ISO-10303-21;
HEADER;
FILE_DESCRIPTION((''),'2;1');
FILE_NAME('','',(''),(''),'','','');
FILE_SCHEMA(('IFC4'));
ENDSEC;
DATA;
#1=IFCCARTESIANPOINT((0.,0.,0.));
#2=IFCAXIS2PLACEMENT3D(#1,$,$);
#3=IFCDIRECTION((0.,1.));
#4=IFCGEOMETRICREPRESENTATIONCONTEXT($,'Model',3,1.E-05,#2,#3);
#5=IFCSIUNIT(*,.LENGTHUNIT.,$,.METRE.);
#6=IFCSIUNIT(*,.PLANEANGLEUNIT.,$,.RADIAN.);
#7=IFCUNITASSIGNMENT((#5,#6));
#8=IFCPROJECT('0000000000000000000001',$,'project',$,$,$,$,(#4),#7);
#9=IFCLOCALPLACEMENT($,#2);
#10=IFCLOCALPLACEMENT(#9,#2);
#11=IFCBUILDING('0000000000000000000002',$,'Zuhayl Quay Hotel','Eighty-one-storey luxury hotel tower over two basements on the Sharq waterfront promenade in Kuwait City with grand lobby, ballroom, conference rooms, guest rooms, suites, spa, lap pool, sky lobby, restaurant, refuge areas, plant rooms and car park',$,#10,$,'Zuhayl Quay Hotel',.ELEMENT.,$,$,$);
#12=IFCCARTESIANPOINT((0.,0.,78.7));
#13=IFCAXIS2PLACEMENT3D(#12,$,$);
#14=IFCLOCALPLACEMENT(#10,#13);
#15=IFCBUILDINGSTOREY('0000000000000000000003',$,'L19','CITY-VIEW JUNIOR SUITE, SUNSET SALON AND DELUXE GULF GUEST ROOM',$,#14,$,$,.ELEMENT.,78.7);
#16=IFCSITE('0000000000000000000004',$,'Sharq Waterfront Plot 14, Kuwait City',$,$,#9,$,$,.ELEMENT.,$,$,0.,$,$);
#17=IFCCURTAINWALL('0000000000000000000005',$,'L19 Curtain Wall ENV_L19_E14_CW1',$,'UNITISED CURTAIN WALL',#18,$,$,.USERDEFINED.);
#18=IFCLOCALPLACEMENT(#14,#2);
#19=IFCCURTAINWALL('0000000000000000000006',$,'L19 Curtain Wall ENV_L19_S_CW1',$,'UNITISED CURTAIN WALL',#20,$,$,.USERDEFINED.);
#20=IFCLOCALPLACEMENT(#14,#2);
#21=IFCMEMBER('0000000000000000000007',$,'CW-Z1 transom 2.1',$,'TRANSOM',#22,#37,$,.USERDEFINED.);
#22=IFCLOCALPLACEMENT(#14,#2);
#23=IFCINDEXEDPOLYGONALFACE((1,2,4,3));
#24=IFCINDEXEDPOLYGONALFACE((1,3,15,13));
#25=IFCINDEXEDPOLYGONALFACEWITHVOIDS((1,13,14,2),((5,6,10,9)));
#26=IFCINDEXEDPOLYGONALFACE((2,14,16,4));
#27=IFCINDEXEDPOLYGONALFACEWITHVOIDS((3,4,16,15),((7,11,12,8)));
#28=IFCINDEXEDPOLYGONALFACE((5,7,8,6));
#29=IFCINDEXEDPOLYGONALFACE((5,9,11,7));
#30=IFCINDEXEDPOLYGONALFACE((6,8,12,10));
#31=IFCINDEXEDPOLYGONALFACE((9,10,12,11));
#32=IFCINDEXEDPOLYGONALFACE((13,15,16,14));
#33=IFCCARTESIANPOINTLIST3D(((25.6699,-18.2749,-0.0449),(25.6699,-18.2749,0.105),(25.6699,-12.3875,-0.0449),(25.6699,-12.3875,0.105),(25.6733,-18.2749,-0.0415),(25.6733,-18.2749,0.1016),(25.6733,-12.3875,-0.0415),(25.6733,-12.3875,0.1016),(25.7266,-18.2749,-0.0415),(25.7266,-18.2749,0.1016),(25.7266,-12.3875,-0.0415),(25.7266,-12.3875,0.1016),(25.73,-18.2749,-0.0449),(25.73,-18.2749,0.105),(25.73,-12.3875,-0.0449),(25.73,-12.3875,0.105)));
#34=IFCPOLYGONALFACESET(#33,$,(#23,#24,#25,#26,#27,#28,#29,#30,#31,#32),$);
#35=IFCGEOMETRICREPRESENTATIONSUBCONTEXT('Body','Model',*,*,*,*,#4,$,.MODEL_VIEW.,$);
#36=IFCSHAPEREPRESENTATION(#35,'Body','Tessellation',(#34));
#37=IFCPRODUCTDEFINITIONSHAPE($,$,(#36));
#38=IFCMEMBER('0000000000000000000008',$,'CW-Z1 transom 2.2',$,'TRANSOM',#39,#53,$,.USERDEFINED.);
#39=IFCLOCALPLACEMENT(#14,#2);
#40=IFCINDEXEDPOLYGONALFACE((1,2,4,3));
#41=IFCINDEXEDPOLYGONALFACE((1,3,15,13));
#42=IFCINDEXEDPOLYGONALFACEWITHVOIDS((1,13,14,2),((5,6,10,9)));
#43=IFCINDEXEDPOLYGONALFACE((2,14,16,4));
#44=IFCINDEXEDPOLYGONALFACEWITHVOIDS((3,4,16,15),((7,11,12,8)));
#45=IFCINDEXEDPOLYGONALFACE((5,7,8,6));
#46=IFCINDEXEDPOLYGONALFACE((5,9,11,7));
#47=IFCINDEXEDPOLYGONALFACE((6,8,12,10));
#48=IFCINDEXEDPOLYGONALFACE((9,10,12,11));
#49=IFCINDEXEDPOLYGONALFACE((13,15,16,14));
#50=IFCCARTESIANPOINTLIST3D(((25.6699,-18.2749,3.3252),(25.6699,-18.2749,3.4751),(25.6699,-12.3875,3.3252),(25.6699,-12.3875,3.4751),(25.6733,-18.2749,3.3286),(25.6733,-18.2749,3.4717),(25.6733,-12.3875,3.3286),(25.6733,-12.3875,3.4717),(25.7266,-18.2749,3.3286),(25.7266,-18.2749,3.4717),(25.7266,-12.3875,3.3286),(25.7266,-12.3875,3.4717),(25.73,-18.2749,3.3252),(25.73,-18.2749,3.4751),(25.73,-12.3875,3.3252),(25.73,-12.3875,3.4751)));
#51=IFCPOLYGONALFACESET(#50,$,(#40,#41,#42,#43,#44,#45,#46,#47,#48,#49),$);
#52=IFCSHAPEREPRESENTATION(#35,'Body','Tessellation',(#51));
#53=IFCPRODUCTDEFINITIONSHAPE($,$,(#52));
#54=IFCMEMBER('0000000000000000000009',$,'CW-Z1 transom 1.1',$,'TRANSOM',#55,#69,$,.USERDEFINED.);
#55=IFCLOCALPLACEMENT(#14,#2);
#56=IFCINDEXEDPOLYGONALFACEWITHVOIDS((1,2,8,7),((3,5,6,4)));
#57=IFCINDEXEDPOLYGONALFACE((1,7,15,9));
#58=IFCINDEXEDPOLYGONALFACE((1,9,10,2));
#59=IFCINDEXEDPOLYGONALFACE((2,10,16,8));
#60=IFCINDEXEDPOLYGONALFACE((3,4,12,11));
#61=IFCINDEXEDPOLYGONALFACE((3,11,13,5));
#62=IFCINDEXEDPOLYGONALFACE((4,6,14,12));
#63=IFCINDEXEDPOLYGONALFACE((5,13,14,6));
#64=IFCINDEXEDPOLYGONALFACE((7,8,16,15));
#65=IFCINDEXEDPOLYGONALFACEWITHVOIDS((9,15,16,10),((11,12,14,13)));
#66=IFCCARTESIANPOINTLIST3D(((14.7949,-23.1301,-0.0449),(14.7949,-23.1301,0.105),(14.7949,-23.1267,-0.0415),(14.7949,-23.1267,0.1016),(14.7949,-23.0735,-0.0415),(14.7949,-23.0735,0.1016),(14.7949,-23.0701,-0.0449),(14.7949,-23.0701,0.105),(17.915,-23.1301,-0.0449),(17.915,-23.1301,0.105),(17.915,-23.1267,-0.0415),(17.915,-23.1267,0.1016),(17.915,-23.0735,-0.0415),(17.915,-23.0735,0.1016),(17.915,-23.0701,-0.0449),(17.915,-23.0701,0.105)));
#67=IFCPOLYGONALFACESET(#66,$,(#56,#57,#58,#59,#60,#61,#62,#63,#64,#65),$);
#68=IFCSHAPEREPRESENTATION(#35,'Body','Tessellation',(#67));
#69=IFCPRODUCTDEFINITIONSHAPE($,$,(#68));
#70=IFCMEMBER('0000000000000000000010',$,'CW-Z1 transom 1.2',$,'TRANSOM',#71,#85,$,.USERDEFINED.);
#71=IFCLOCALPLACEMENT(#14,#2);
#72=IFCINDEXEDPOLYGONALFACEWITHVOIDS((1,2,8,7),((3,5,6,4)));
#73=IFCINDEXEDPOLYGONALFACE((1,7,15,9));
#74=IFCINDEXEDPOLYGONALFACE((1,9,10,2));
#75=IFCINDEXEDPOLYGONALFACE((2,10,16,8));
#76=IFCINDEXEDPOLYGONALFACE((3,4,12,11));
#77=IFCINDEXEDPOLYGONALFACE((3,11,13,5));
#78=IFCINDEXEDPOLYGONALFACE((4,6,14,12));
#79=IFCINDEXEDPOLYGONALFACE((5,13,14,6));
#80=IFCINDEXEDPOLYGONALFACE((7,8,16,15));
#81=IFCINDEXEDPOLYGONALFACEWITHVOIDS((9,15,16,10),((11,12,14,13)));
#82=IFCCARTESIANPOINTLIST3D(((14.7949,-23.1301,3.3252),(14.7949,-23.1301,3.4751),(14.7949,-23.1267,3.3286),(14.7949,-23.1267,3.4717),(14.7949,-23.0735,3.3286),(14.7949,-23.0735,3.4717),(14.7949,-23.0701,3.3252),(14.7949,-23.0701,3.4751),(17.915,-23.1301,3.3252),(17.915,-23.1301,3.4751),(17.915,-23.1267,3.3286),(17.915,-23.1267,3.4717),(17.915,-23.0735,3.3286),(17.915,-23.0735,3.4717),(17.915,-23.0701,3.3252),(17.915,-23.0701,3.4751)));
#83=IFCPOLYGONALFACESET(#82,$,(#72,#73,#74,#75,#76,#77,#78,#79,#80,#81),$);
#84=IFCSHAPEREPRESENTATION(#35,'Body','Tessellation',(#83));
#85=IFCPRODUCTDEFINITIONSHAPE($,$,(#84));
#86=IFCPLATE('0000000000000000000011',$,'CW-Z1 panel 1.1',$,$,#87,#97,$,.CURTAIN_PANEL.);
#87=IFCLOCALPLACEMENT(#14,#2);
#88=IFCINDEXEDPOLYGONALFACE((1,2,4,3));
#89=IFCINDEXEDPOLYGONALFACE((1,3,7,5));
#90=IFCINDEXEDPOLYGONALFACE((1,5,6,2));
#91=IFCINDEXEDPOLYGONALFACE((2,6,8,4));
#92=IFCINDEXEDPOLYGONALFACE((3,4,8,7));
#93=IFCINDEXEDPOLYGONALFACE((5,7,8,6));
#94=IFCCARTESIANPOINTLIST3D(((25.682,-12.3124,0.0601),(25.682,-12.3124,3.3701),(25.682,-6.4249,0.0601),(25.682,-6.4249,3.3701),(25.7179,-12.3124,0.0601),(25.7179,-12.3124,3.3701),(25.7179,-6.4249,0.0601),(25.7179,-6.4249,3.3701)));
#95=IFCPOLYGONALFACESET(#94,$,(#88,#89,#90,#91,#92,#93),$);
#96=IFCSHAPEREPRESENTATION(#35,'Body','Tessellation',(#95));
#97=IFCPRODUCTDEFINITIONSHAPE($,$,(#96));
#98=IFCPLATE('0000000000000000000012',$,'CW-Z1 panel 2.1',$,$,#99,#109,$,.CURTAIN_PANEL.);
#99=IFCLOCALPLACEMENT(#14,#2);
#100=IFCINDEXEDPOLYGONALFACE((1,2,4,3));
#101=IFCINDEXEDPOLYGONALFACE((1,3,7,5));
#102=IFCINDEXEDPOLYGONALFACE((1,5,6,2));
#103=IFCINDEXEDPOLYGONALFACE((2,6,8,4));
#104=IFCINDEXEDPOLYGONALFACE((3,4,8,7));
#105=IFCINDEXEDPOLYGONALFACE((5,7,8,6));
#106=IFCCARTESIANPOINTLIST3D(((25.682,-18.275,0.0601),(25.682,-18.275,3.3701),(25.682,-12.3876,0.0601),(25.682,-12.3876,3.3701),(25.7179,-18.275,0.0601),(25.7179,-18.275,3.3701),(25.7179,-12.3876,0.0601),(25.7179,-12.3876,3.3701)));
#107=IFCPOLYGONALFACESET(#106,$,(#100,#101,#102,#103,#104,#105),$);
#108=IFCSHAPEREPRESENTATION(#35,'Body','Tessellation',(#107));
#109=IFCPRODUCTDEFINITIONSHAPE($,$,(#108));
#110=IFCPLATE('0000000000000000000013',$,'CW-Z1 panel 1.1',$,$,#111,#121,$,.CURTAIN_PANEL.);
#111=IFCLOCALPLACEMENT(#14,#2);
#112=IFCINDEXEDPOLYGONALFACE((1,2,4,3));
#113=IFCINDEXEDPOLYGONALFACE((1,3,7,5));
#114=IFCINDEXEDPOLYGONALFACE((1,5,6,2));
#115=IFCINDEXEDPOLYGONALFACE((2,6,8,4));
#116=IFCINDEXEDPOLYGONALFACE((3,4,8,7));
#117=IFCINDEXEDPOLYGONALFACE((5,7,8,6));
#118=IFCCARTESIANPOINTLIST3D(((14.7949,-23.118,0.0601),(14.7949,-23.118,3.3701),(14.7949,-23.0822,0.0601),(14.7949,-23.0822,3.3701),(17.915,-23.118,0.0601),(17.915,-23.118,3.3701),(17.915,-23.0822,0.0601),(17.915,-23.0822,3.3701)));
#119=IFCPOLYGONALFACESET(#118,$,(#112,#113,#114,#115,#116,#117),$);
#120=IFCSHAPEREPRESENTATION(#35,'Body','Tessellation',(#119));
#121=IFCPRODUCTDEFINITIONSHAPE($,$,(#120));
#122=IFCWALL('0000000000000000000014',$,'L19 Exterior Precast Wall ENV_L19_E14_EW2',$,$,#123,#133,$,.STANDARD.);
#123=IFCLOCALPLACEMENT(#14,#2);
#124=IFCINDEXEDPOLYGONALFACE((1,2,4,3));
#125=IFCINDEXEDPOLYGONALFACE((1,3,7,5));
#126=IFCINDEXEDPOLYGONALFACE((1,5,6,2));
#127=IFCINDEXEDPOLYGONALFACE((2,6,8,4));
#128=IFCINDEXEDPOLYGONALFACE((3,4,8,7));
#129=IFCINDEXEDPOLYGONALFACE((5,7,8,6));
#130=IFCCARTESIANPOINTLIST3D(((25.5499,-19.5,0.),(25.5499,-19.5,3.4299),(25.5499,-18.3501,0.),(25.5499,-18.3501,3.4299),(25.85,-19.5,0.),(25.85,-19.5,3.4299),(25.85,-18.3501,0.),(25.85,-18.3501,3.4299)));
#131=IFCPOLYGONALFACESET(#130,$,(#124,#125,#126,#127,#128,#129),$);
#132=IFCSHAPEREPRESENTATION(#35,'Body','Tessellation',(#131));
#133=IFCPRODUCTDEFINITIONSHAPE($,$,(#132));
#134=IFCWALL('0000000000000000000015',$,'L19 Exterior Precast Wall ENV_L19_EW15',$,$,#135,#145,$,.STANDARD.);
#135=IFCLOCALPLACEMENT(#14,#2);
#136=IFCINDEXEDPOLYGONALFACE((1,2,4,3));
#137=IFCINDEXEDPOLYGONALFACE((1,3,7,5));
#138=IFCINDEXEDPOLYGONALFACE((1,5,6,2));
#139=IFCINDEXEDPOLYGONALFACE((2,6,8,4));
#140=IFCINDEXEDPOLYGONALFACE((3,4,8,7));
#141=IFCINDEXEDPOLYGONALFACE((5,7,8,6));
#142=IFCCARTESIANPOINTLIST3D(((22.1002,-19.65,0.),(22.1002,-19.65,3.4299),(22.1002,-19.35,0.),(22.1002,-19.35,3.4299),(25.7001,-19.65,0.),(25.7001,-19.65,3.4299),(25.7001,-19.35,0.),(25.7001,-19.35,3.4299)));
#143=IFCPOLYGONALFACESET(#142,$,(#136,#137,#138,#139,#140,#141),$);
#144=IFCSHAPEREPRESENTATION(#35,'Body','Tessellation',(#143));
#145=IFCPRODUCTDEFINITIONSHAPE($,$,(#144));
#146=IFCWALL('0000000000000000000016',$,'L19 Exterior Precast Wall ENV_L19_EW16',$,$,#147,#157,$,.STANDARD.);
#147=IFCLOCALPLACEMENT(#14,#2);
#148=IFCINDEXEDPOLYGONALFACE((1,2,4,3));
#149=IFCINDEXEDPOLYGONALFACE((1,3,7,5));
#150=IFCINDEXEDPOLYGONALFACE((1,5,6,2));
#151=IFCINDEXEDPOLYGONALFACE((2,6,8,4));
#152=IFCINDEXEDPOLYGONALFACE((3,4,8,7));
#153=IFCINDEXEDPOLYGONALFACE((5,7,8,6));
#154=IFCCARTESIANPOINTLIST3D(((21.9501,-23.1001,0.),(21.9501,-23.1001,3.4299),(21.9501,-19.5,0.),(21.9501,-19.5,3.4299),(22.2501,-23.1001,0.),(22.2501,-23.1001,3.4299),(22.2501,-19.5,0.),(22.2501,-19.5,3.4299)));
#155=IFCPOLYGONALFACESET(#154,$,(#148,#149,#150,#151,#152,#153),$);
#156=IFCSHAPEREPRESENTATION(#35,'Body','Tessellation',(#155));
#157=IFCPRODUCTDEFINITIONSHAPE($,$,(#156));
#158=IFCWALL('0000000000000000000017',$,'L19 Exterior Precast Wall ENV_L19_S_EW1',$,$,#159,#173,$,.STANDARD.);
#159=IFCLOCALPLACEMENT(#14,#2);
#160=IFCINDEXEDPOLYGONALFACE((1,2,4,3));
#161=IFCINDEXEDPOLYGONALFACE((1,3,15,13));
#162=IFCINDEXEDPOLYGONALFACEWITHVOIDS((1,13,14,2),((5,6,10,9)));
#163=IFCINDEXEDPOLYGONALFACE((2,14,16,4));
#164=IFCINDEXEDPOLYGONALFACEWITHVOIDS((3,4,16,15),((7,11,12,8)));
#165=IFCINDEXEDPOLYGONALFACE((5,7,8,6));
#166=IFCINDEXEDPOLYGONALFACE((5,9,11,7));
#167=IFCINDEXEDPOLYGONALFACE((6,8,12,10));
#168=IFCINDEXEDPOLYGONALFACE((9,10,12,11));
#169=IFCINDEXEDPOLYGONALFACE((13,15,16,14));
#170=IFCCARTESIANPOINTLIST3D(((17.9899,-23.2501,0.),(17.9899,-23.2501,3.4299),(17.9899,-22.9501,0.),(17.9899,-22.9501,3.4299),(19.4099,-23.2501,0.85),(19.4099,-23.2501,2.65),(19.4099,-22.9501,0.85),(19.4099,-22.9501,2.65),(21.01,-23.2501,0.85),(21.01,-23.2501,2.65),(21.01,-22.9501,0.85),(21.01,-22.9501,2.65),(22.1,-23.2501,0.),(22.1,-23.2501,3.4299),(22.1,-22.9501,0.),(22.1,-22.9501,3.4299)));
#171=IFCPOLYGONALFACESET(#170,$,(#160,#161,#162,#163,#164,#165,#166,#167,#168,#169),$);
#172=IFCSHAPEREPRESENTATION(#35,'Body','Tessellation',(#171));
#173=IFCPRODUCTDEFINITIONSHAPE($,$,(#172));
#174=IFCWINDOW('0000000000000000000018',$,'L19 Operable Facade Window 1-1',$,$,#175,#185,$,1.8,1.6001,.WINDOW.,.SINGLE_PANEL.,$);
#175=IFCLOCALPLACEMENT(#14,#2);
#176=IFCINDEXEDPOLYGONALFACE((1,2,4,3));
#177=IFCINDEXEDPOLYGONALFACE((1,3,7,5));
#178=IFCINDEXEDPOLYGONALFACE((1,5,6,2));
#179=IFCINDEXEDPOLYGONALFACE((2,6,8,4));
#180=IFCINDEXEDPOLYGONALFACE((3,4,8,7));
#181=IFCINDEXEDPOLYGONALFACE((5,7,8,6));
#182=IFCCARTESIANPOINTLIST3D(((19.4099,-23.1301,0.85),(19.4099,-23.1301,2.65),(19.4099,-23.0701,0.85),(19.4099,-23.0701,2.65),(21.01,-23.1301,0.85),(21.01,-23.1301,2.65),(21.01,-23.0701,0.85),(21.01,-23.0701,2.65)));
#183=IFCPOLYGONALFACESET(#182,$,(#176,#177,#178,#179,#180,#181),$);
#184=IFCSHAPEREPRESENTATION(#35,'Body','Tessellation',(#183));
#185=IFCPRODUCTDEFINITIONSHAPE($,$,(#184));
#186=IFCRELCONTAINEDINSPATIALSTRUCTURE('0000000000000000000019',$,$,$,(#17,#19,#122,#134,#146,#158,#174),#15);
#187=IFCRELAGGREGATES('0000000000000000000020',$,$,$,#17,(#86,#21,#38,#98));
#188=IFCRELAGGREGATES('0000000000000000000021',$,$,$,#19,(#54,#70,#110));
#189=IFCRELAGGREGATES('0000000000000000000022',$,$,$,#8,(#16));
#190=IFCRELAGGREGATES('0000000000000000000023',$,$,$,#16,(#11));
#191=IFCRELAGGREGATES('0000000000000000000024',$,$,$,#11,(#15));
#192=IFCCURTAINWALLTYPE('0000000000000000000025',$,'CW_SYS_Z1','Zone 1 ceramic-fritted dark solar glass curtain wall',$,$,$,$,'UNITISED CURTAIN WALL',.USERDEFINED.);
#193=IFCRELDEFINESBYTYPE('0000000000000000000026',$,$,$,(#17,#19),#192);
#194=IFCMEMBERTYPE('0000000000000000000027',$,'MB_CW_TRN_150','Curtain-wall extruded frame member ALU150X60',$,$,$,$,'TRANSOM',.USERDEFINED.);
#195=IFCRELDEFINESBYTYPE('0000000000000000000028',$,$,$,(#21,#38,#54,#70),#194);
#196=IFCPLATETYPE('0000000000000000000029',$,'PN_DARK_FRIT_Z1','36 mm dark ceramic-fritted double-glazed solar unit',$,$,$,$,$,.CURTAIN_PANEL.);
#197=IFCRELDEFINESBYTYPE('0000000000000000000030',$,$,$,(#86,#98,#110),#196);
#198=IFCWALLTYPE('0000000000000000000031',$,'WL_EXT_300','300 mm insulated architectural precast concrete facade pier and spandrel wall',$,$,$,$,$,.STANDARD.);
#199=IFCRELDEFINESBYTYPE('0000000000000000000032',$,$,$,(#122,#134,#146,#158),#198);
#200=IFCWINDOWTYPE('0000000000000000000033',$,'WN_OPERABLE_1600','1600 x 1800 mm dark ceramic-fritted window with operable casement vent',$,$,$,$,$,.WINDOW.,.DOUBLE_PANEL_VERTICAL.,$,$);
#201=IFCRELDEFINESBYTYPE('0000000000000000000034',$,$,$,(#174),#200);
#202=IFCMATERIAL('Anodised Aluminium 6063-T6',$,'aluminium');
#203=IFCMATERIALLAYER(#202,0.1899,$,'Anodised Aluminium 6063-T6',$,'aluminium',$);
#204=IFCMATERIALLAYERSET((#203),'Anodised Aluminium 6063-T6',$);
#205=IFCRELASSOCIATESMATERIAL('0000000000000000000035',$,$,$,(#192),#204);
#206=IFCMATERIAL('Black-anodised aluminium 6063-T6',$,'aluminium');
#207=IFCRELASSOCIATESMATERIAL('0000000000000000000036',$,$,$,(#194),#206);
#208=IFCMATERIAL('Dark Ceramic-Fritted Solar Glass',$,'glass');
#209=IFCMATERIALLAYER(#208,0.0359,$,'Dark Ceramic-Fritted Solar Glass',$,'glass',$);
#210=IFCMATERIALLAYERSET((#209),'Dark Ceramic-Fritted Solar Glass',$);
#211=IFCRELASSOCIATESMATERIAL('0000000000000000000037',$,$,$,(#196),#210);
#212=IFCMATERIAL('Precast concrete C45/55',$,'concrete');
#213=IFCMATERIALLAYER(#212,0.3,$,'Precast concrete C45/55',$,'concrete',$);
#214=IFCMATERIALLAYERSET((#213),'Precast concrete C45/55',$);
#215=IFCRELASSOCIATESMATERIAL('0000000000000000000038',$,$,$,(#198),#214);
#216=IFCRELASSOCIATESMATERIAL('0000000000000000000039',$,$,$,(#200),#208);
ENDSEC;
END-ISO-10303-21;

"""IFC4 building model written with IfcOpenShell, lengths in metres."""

from ifc_helpers import new_model, si_unit, direction, frame, frame_2d, origin, origin_2d, place, context, subcontext, project, spatial, rectangle, hollow_rectangle, extrude, material, layer, layer_set, material_profile, profile_set, type_object, element, fill, aggregate, save


model = new_model("IFC4")

# Units and contexts
model_context = context("Model", 3, precision=1e-05, world=origin(), true_north=direction((0.0, 1.0)))
body_context = subcontext(model_context, "Body", "Model", "MODEL_VIEW")
ifc_project = project(units=[si_unit("LENGTHUNIT", "METRE"), si_unit("PLANEANGLEUNIT", "RADIAN")], contexts=[model_context])

# Site, building, storey
site_placement = place(None, origin())
site = spatial("IfcSite", under=ifc_project, at=site_placement, Name="Sharq Waterfront Plot 14, Kuwait City", CompositionType="ELEMENT", RefElevation=0.0)
building_placement = place(site_placement, origin())
building = spatial("IfcBuilding", under=site, at=building_placement, Name="Zuhayl Quay Hotel", Description="Eighty-one-storey luxury hotel tower over two basements on the Sharq waterfront promenade in Kuwait City with grand lobby, ballroom, conference rooms, guest rooms, suites, spa, lap pool, sky lobby, restaurant, refuge areas, plant rooms and car park", LongName="Zuhayl Quay Hotel", CompositionType="ELEMENT")
storey_placement = place(building_placement, frame((0.0, 0.0, 78.7)))
storey = spatial("IfcBuildingStorey", under=building, at=storey_placement, Name="L19", Description="CITY-VIEW JUNIOR SUITE, SUNSET SALON AND DELUXE GULF GUEST ROOM", CompositionType="ELEMENT", Elevation=78.7)

# Curtain walls
ifc_material_1 = material(Name="Anodised Aluminium 6063-T6", Category="aluminium")
ifc_layer_1 = layer(ifc_material_1, 0.1899, Name="Anodised Aluminium 6063-T6", Category="aluminium")
ifc_layer_set_1 = layer_set([ifc_layer_1], Name="Anodised Aluminium 6063-T6")
curtain_wall_type = type_object("IfcCurtainWallType", Name="CW_SYS_Z1", Description="Zone 1 ceramic-fritted dark solar glass curtain wall", ElementType="UNITISED CURTAIN WALL", PredefinedType="USERDEFINED", material=ifc_layer_set_1)
curtain_wall_1_placement = place(storey_placement, origin())
curtain_wall_1 = element("IfcCurtainWall", 1, at=curtain_wall_1_placement, inside=storey, type_object=curtain_wall_type, Name="L19 Curtain Wall ENV_L19_E14_CW1", ObjectType="UNITISED CURTAIN WALL", PredefinedType="USERDEFINED")
ifc_material_2 = material(Name="Black-anodised aluminium 6063-T6", Category="aluminium")
curtain_wall_2_placement = place(storey_placement, origin())
curtain_wall_2 = element("IfcCurtainWall", 2, at=curtain_wall_2_placement, inside=storey, type_object=curtain_wall_type, Name="L19 Curtain Wall ENV_L19_S_CW1", ObjectType="UNITISED CURTAIN WALL", PredefinedType="USERDEFINED")

# Members
ifc_material_profile_1 = material_profile(ifc_material_2, hollow_rectangle(XDim=0.0601, YDim=0.1499, WallThickness=0.0034, at=origin_2d()), Name="ALU150X60")
ifc_profile_set_1 = profile_set([ifc_material_profile_1], Name="Black-anodised aluminium 6063-T6")
member_type_1 = type_object("IfcMemberType", Name="MB_CW_TRN_150", Description="Curtain-wall extruded frame member ALU150X60", ElementType="TRANSOM", PredefinedType="USERDEFINED", material=ifc_profile_set_1)
member_1_placement = place(storey_placement, frame((25.7, -12.3875, 0.03), z_axis=(0.0, -1.0, 0.0), x_axis=(1.0, 0.0, 0.0)))
member_1 = element("IfcMember", 3, at=member_1_placement, type_object=member_type_1, Name="CW-Z1 transom 2.1", ObjectType="TRANSOM", PredefinedType="USERDEFINED", context=body_context, shape_type="SweptSolid", body=[
    extrude(hollow_rectangle(XDim=0.0601, YDim=0.1499, WallThickness=0.0034, at=origin_2d()), origin(), (0.0, 0.0, 1.0), 5.8875),
])
member_2_placement = place(storey_placement, frame((25.7, -12.3875, 3.4001), z_axis=(0.0, -1.0, 0.0), x_axis=(1.0, 0.0, 0.0)))
member_2 = element("IfcMember", 4, at=member_2_placement, type_object=member_type_1, Name="CW-Z1 transom 2.2", ObjectType="TRANSOM", PredefinedType="USERDEFINED", context=body_context, shape_type="SweptSolid", body=[
    extrude(hollow_rectangle(XDim=0.0601, YDim=0.1499, WallThickness=0.0034, at=origin_2d()), origin(), (0.0, 0.0, 1.0), 5.8875),
])
member_3_placement = place(storey_placement, frame((17.915, -23.1001, 0.03), z_axis=(-1.0, 0.0, 0.0), x_axis=(0.0, -1.0, 0.0)))
member_3 = element("IfcMember", 5, at=member_3_placement, type_object=member_type_1, Name="CW-Z1 transom 1.1", ObjectType="TRANSOM", PredefinedType="USERDEFINED", context=body_context, shape_type="SweptSolid", body=[
    extrude(hollow_rectangle(XDim=0.0601, YDim=0.1499, WallThickness=0.0034, at=origin_2d()), origin(), (0.0, 0.0, 1.0), 3.1201),
])
member_4_placement = place(storey_placement, frame((17.915, -23.1001, 3.4001), z_axis=(-1.0, 0.0, 0.0), x_axis=(0.0, -1.0, 0.0)))
member_4 = element("IfcMember", 6, at=member_4_placement, type_object=member_type_1, Name="CW-Z1 transom 1.2", ObjectType="TRANSOM", PredefinedType="USERDEFINED", context=body_context, shape_type="SweptSolid", body=[
    extrude(hollow_rectangle(XDim=0.0601, YDim=0.1499, WallThickness=0.0034, at=origin_2d()), origin(), (0.0, 0.0, 1.0), 3.1201),
])

# Plates
ifc_material_3 = material(Name="Dark Ceramic-Fritted Solar Glass", Category="glass")
ifc_layer_2 = layer(ifc_material_3, 0.0359, Name="Dark Ceramic-Fritted Solar Glass", Category="glass")
ifc_layer_set_2 = layer_set([ifc_layer_2], Name="Dark Ceramic-Fritted Solar Glass")
plate_type = type_object("IfcPlateType", Name="PN_DARK_FRIT_Z1", Description="36 mm dark ceramic-fritted double-glazed solar unit", PredefinedType="CURTAIN_PANEL", material=ifc_layer_set_2)
plate_1_placement = place(storey_placement, frame((25.7, -9.3687, 0.0601), z_axis=(0.0, 0.0, 1.0), x_axis=(0.0, -1.0, 0.0)))
plate_1 = element("IfcPlate", 7, at=plate_1_placement, type_object=plate_type, Name="CW-Z1 panel 1.1", PredefinedType="CURTAIN_PANEL", context=body_context, shape_type="SweptSolid", body=[
    extrude(rectangle(XDim=5.8875, YDim=0.0359, at=origin_2d()), origin(), (0.0, 0.0, 1.0), 3.3101),
])
plate_2_placement = place(storey_placement, frame((25.7, -15.3313, 0.0601), z_axis=(0.0, 0.0, 1.0), x_axis=(0.0, -1.0, 0.0)))
plate_2 = element("IfcPlate", 8, at=plate_2_placement, type_object=plate_type, Name="CW-Z1 panel 2.1", PredefinedType="CURTAIN_PANEL", context=body_context, shape_type="SweptSolid", body=[
    extrude(rectangle(XDim=5.8875, YDim=0.0359, at=origin_2d()), origin(), (0.0, 0.0, 1.0), 3.3101),
])
aggregate(curtain_wall_1, [plate_1, member_1, member_2, plate_2])
plate_3_placement = place(storey_placement, frame((16.355, -23.1001, 0.0601), z_axis=(0.0, 0.0, 1.0), x_axis=(-1.0, 0.0, 0.0)))
plate_3 = element("IfcPlate", 9, at=plate_3_placement, type_object=plate_type, Name="CW-Z1 panel 1.1", PredefinedType="CURTAIN_PANEL", context=body_context, shape_type="SweptSolid", body=[
    extrude(rectangle(XDim=3.1201, YDim=0.0359, at=origin_2d()), origin(), (0.0, 0.0, 1.0), 3.3101),
])
aggregate(curtain_wall_2, [member_3, member_4, plate_3])

# Walls
ifc_material_4 = material(Name="Precast concrete C45/55", Category="concrete")
ifc_layer_3 = layer(ifc_material_4, 0.3, Name="Precast concrete C45/55", Category="concrete")
ifc_layer_set_3 = layer_set([ifc_layer_3], Name="Precast concrete C45/55")
wall_type_1 = type_object("IfcWallType", Name="WL_EXT_300", Description="300 mm insulated architectural precast concrete facade pier and spandrel wall", PredefinedType="STANDARD", material=ifc_layer_set_3)
wall_1_placement = place(storey_placement, frame((25.7, -18.3501, 0.0), z_axis=(0.0, 0.0, 1.0), x_axis=(0.0, -1.0, 0.0)))
element("IfcWall", 10, at=wall_1_placement, inside=storey, type_object=wall_type_1, Name="L19 Exterior Precast Wall ENV_L19_E14_EW2", PredefinedType="STANDARD", context=body_context, shape_type="SweptSolid", body=[
    extrude(rectangle(XDim=1.1499, YDim=0.3, at=frame_2d((0.575, 0.0))), origin(), (0.0, 0.0, 1.0), 3.4299),
])
wall_2_placement = place(storey_placement, frame((25.7, -19.5, 0.0), z_axis=(0.0, 0.0, 1.0), x_axis=(-1.0, 0.0, 0.0)))
element("IfcWall", 11, at=wall_2_placement, inside=storey, type_object=wall_type_1, Name="L19 Exterior Precast Wall ENV_L19_EW15", PredefinedType="STANDARD", context=body_context, shape_type="SweptSolid", body=[
    extrude(rectangle(XDim=3.5999, YDim=0.3, at=frame_2d((1.7998, 0.0))), origin(), (0.0, 0.0, 1.0), 3.4299),
])
wall_3_placement = place(storey_placement, frame((22.1001, -19.5, 0.0), z_axis=(0.0, 0.0, 1.0), x_axis=(0.0, -1.0, 0.0)))
element("IfcWall", 12, at=wall_3_placement, inside=storey, type_object=wall_type_1, Name="L19 Exterior Precast Wall ENV_L19_EW16", PredefinedType="STANDARD", context=body_context, shape_type="SweptSolid", body=[
    extrude(rectangle(XDim=3.6001, YDim=0.3, at=frame_2d((1.8, 0.0))), origin(), (0.0, 0.0, 1.0), 3.4299),
])

# Wall, opening, window
wall_4_placement = place(storey_placement, frame((22.1001, -23.1001, 0.0), z_axis=(0.0, 0.0, 1.0), x_axis=(-1.0, 0.0, 0.0)))
wall_4 = element("IfcWall", 13, at=wall_4_placement, inside=storey, type_object=wall_type_1, Name="L19 Exterior Precast Wall ENV_L19_S_EW1", PredefinedType="STANDARD", context=body_context, shape_type="SweptSolid", body=[
    extrude(rectangle(XDim=4.1101, YDim=0.3, at=frame_2d((2.0552, 0.0))), origin(), (0.0, 0.0, 1.0), 3.4299),
])
opening_1_placement = place(wall_4_placement, frame((1.0901, 0.0, 0.8501)))
opening_1 = element("IfcOpeningElement", 14, at=opening_1_placement, cuts=wall_4, PredefinedType="OPENING", context=body_context, shape_type="SweptSolid", body=[
    extrude(rectangle(XDim=1.6001, YDim=1.8, at=frame_2d((0.8, 0.8999))), frame((0.0, 0.1599, 0.0), z_axis=(0.0, -1.0, 0.0), x_axis=(1.0, 0.0, 0.0)), (0.0, 0.0, 1.0), 0.3201),
])
window_type_1 = type_object("IfcWindowType", Name="WN_OPERABLE_1600", Description="1600 x 1800 mm dark ceramic-fritted window with operable casement vent", PartitioningType="DOUBLE_PANEL_VERTICAL", PredefinedType="WINDOW", material=ifc_material_3)
window_1_placement = place(opening_1_placement, origin())
window_1 = element("IfcWindow", 15, at=window_1_placement, inside=storey, type_object=window_type_1, Name="L19 Operable Facade Window 1-1", OverallHeight=1.8, OverallWidth=1.6001, PartitioningType="SINGLE_PANEL", PredefinedType="WINDOW", context=body_context, shape_type="SweptSolid", body=[
    extrude(rectangle(XDim=1.6001, YDim=1.8, at=frame_2d((0.8, 0.8999))), frame((0.0, 0.03, 0.0), z_axis=(0.0, -1.0, 0.0), x_axis=(1.0, 0.0, 0.0)), (0.0, 0.0, 1.0), 0.0601),
])
fill(opening_1, window_1)

save(model, "model.ifc")
